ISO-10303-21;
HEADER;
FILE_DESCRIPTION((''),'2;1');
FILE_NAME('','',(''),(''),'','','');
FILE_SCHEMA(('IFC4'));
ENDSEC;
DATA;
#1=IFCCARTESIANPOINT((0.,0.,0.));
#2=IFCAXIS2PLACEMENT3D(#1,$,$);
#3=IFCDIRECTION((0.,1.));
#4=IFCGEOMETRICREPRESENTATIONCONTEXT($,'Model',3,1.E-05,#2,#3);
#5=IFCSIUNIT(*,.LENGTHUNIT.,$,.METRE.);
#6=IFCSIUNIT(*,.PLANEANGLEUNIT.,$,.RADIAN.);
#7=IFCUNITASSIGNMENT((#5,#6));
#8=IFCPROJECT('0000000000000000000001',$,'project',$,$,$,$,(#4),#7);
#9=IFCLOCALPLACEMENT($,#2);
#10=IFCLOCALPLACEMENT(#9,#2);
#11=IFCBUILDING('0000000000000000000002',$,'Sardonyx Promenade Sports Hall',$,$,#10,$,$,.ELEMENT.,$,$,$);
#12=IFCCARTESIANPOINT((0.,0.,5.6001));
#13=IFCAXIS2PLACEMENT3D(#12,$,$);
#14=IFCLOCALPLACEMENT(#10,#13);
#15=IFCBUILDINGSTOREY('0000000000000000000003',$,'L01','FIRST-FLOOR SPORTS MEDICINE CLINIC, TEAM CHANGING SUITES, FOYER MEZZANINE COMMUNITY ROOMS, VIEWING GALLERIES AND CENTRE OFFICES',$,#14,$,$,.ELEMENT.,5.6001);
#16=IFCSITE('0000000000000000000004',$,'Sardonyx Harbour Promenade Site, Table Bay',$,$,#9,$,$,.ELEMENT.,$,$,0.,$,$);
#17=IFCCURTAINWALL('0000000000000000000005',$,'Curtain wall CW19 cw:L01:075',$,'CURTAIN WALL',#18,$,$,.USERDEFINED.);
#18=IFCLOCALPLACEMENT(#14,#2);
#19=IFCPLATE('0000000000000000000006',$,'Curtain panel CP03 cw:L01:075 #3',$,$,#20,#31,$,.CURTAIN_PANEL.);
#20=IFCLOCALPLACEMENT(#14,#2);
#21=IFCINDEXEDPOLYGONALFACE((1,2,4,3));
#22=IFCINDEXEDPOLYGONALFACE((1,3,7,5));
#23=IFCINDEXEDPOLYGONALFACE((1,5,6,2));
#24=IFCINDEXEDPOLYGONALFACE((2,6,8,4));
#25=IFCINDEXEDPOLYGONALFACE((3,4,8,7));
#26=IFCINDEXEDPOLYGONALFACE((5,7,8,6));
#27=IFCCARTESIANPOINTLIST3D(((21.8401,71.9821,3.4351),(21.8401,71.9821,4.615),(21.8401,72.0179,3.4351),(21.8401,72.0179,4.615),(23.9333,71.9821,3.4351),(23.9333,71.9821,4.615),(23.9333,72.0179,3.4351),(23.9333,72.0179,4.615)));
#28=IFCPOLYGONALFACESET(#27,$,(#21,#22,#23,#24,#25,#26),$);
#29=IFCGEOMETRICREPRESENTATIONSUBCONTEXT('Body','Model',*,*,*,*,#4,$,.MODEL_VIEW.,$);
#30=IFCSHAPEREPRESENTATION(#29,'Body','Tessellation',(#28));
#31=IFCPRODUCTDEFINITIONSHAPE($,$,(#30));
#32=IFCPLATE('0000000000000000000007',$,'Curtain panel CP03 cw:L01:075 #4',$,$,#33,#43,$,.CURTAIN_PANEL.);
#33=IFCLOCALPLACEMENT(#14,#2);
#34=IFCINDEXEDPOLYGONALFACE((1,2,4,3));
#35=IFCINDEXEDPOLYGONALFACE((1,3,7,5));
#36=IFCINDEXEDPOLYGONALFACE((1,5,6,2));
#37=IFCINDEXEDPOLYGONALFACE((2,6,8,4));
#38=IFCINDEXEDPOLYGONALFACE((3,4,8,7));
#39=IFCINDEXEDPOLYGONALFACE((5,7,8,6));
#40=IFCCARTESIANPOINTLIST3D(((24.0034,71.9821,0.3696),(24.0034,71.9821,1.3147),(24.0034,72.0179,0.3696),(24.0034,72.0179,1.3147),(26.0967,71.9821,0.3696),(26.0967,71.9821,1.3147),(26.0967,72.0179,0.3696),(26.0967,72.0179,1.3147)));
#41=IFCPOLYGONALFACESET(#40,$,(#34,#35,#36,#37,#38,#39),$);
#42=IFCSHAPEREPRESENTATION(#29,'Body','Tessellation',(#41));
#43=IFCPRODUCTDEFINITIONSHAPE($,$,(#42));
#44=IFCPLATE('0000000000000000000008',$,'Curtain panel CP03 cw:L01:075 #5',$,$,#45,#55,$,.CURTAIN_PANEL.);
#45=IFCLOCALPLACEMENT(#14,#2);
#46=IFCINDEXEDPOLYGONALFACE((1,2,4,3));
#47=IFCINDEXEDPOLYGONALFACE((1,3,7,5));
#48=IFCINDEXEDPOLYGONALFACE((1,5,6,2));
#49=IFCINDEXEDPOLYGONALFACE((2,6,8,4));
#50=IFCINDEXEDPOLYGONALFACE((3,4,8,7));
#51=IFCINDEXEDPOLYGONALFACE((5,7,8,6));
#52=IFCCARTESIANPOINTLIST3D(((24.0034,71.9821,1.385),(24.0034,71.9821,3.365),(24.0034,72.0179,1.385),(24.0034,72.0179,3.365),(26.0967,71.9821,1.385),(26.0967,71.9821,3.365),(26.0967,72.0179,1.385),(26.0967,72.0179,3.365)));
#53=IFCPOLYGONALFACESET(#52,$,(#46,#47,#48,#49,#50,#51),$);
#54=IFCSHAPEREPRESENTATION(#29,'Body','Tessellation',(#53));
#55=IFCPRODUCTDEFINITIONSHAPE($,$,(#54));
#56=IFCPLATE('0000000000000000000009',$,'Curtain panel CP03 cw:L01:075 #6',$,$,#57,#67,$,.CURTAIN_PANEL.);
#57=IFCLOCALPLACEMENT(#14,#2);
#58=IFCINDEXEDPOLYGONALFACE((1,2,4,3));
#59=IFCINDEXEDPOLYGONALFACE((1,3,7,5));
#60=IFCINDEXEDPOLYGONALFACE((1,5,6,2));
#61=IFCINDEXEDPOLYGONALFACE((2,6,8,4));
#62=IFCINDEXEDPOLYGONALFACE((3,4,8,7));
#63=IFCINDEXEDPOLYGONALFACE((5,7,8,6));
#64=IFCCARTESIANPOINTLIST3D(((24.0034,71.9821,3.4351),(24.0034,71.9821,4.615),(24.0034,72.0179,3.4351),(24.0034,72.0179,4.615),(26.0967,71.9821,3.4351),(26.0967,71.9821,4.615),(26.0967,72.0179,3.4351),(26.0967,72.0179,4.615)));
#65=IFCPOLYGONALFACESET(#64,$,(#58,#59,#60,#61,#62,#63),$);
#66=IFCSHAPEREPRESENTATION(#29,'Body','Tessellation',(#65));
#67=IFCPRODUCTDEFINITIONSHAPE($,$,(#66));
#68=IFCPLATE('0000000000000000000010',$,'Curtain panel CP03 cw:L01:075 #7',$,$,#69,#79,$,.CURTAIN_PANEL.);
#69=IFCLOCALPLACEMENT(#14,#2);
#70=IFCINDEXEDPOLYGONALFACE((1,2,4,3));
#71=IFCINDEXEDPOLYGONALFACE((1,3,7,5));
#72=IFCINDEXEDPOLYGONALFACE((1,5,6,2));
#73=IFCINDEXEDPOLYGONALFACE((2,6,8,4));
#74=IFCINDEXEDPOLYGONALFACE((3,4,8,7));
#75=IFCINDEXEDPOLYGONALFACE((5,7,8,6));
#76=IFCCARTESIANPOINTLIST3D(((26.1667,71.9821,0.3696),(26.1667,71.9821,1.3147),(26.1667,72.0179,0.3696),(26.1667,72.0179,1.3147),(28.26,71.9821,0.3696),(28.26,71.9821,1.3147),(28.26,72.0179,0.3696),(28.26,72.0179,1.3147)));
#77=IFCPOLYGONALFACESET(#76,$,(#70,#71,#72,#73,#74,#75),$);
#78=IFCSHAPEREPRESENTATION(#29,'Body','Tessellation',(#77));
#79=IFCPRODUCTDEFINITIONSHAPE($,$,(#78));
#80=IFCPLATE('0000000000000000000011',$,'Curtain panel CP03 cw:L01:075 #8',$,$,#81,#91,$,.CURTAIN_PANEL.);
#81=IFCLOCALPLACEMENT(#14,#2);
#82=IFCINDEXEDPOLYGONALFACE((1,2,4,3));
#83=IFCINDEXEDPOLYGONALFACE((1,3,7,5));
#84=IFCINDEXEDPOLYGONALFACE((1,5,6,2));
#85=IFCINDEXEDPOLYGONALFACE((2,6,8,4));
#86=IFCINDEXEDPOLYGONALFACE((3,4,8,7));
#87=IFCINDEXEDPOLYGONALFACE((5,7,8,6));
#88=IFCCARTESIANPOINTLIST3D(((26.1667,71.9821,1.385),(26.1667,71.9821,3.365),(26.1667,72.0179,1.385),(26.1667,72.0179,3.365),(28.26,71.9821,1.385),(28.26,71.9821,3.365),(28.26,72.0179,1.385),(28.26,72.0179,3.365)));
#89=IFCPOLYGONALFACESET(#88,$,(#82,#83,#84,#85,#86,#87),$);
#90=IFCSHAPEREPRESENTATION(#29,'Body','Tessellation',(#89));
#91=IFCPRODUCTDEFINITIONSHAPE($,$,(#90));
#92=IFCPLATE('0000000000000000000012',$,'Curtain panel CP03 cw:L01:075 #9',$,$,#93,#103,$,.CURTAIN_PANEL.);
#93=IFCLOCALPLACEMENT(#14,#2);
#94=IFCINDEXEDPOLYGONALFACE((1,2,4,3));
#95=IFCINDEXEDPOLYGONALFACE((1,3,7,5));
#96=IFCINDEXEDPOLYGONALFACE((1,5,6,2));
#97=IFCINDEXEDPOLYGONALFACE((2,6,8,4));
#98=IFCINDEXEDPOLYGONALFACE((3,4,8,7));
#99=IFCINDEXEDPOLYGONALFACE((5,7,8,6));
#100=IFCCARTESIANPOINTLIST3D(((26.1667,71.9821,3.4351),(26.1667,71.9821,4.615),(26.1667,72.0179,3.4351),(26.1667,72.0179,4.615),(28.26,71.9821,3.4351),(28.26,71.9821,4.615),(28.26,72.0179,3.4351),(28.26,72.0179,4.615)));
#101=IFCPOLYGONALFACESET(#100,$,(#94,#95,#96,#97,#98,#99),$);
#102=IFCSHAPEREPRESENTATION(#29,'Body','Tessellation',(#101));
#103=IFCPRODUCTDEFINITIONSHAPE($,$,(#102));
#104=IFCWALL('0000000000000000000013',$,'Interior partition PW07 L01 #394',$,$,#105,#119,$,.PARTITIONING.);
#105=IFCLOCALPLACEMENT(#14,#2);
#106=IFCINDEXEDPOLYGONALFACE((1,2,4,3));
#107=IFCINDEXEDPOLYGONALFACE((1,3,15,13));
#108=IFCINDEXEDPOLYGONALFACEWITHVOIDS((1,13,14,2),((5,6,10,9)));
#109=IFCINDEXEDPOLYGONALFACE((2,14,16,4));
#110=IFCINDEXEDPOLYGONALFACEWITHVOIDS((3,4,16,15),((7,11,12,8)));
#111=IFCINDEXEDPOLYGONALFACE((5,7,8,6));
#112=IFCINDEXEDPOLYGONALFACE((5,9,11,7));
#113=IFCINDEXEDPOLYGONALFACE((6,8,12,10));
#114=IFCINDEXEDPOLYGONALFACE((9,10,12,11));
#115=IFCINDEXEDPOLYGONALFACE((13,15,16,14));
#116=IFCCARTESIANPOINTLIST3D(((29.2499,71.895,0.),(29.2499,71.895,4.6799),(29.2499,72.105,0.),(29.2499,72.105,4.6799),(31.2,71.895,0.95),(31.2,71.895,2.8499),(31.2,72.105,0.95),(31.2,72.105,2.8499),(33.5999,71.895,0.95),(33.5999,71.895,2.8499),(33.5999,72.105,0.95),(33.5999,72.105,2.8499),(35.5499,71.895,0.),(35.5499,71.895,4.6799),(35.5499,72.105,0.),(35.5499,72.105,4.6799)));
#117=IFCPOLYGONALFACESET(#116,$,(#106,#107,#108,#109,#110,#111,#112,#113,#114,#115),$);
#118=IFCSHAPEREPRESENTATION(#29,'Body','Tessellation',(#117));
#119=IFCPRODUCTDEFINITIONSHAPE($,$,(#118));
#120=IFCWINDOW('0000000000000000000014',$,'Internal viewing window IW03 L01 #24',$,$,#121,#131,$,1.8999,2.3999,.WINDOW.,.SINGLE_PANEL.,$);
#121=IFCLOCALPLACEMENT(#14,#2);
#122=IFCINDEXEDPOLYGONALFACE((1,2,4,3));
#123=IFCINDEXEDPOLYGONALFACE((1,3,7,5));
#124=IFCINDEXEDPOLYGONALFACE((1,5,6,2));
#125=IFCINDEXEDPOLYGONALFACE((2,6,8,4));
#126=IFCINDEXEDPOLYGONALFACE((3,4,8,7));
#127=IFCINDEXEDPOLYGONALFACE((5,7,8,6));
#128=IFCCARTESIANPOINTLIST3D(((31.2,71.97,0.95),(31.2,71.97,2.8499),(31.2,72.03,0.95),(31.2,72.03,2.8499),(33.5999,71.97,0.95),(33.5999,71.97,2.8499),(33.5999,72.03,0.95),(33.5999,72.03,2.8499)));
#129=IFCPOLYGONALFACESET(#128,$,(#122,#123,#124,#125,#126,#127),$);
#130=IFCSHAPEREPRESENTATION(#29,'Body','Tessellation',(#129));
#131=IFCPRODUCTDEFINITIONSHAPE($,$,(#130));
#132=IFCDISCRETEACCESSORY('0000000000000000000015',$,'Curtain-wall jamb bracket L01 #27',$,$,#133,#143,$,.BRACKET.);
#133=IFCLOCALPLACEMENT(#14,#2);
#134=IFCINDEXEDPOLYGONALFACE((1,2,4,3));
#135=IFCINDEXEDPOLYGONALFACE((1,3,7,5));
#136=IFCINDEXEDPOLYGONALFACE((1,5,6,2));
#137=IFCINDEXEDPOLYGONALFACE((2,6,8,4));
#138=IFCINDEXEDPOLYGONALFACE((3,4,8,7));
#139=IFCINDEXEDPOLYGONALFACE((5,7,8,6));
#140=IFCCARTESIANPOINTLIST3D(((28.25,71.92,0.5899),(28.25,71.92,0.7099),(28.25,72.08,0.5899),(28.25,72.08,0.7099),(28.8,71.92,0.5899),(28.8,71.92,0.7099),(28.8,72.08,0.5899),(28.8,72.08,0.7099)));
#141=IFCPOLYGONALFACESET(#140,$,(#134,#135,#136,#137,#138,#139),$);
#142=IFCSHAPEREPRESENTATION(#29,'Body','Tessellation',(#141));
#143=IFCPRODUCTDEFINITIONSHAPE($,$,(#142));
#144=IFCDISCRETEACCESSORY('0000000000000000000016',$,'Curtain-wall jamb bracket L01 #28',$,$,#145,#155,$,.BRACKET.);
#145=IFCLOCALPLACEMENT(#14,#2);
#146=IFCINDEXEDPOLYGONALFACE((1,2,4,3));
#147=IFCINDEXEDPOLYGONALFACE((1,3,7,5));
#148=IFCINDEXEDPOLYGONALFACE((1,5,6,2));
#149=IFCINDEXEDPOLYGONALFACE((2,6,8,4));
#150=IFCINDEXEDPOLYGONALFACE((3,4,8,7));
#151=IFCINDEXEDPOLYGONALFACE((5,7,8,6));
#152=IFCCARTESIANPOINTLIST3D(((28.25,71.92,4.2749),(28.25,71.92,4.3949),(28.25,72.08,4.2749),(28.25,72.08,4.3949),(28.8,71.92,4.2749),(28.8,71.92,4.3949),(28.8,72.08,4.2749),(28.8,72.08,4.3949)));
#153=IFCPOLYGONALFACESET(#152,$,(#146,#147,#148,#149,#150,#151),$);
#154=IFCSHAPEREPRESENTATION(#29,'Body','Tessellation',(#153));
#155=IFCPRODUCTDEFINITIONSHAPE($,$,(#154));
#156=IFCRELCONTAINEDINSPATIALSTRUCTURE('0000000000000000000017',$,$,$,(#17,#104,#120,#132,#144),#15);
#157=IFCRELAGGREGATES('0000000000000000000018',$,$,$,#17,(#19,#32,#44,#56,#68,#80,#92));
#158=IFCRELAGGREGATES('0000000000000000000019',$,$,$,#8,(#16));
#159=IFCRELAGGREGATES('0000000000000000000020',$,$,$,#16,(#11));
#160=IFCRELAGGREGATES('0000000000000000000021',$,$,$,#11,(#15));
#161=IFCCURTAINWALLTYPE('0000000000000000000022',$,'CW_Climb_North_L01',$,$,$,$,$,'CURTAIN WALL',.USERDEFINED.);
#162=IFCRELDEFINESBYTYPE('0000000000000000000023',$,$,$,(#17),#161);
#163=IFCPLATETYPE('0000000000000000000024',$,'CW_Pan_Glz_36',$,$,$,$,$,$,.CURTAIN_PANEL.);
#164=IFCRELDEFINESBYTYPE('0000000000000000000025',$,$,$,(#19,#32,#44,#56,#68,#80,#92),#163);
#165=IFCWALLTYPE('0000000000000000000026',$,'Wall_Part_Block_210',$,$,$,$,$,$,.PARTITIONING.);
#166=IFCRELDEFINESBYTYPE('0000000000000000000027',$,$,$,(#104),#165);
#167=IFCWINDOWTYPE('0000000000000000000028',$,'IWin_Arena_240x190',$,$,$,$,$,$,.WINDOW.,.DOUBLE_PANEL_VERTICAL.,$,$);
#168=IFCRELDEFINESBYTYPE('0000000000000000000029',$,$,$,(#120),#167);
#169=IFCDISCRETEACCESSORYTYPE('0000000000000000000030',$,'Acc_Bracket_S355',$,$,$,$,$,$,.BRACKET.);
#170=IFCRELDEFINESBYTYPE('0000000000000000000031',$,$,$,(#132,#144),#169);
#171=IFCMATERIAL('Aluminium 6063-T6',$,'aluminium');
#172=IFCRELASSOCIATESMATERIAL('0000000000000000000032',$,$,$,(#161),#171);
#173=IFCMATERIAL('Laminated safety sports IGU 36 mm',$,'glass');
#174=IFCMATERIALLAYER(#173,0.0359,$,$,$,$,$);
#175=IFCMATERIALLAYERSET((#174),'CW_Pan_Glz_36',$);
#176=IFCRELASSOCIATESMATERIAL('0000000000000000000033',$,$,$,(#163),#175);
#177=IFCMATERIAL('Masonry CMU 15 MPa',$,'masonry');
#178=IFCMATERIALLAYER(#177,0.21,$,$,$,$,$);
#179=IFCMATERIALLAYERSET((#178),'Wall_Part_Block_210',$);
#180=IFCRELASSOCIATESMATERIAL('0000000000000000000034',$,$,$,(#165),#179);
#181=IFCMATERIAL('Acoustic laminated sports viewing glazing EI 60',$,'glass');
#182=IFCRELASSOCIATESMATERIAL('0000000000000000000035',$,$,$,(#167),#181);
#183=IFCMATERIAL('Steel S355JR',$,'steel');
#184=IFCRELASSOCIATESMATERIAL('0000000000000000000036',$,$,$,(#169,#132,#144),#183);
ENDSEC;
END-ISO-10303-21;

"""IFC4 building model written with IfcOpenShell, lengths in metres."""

from ifc_helpers import new_model, si_unit, direction, frame, frame_2d, origin, origin_2d, place, context, subcontext, project, spatial, rectangle, extrude, material, layer, layer_set, type_object, element, fill, aggregate, save


model = new_model("IFC4")

# Units and contexts
model_context = context("Model", 3, precision=1e-05, world=origin(), true_north=direction((0.0, 1.0)))
body_context = subcontext(model_context, "Body", "Model", "MODEL_VIEW")
ifc_project = project(units=[si_unit("LENGTHUNIT", "METRE"), si_unit("PLANEANGLEUNIT", "RADIAN")], contexts=[model_context])

# Site, building, storey
site_placement = place(None, origin())
site = spatial("IfcSite", under=ifc_project, at=site_placement, Name="Sardonyx Harbour Promenade Site, Table Bay", CompositionType="ELEMENT", RefElevation=0.0)
building_placement = place(site_placement, origin())
building = spatial("IfcBuilding", under=site, at=building_placement, Name="Sardonyx Promenade Sports Hall", CompositionType="ELEMENT")
storey_placement = place(building_placement, frame((0.0, 0.0, 5.6001)))
storey = spatial("IfcBuildingStorey", under=building, at=storey_placement, Name="L01", Description="FIRST-FLOOR SPORTS MEDICINE CLINIC, TEAM CHANGING SUITES, FOYER MEZZANINE COMMUNITY ROOMS, VIEWING GALLERIES AND CENTRE OFFICES", CompositionType="ELEMENT", Elevation=5.6001)

# Curtain wall, plates
ifc_material_1 = material(Name="Aluminium 6063-T6", Category="aluminium")
curtain_wall_type = type_object("IfcCurtainWallType", Name="CW_Climb_North_L01", ElementType="CURTAIN WALL", PredefinedType="USERDEFINED", material=ifc_material_1)
curtain_wall_placement = place(storey_placement, origin())
curtain_wall = element("IfcCurtainWall", 1, at=curtain_wall_placement, inside=storey, type_object=curtain_wall_type, Name="Curtain wall CW19 cw:L01:075", ObjectType="CURTAIN WALL", PredefinedType="USERDEFINED")
ifc_material_2 = material(Name="Laminated safety sports IGU 36 mm", Category="glass")
ifc_layer_1 = layer(ifc_material_2, 0.0359)
ifc_layer_set_1 = layer_set([ifc_layer_1], Name="CW_Pan_Glz_36")
plate_type = type_object("IfcPlateType", Name="CW_Pan_Glz_36", PredefinedType="CURTAIN_PANEL", material=ifc_layer_set_1)
plate_1_placement = place(storey_placement, frame((22.8867, 72.0, 3.4351), z_axis=(0.0, 0.0, 1.0), x_axis=(1.0, 0.0, 0.0)))
plate_1 = element("IfcPlate", 2, at=plate_1_placement, type_object=plate_type, Name="Curtain panel CP03 cw:L01:075 #3", PredefinedType="CURTAIN_PANEL", context=body_context, shape_type="SweptSolid", body=[
    extrude(rectangle(XDim=2.0933, YDim=0.0359, at=origin_2d()), origin(), (0.0, 0.0, 1.0), 1.1799),
])
plate_2_placement = place(storey_placement, frame((25.05, 72.0, 0.3696), z_axis=(0.0, 0.0, 1.0), x_axis=(1.0, 0.0, 0.0)))
plate_2 = element("IfcPlate", 3, at=plate_2_placement, type_object=plate_type, Name="Curtain panel CP03 cw:L01:075 #4", PredefinedType="CURTAIN_PANEL", context=body_context, shape_type="SweptSolid", body=[
    extrude(rectangle(XDim=2.0933, YDim=0.0359, at=origin_2d()), origin(), (0.0, 0.0, 1.0), 0.9451),
])
plate_3_placement = place(storey_placement, frame((25.05, 72.0, 1.385), z_axis=(0.0, 0.0, 1.0), x_axis=(1.0, 0.0, 0.0)))
plate_3 = element("IfcPlate", 4, at=plate_3_placement, type_object=plate_type, Name="Curtain panel CP03 cw:L01:075 #5", PredefinedType="CURTAIN_PANEL", context=body_context, shape_type="SweptSolid", body=[
    extrude(rectangle(XDim=2.0933, YDim=0.0359, at=origin_2d()), origin(), (0.0, 0.0, 1.0), 1.98),
])
plate_4_placement = place(storey_placement, frame((25.05, 72.0, 3.4351), z_axis=(0.0, 0.0, 1.0), x_axis=(1.0, 0.0, 0.0)))
plate_4 = element("IfcPlate", 5, at=plate_4_placement, type_object=plate_type, Name="Curtain panel CP03 cw:L01:075 #6", PredefinedType="CURTAIN_PANEL", context=body_context, shape_type="SweptSolid", body=[
    extrude(rectangle(XDim=2.0933, YDim=0.0359, at=origin_2d()), origin(), (0.0, 0.0, 1.0), 1.1799),
])
plate_5_placement = place(storey_placement, frame((27.2134, 72.0, 0.3696), z_axis=(0.0, 0.0, 1.0), x_axis=(1.0, 0.0, 0.0)))
plate_5 = element("IfcPlate", 6, at=plate_5_placement, type_object=plate_type, Name="Curtain panel CP03 cw:L01:075 #7", PredefinedType="CURTAIN_PANEL", context=body_context, shape_type="SweptSolid", body=[
    extrude(rectangle(XDim=2.0933, YDim=0.0359, at=origin_2d()), origin(), (0.0, 0.0, 1.0), 0.9451),
])
plate_6_placement = place(storey_placement, frame((27.2134, 72.0, 1.385), z_axis=(0.0, 0.0, 1.0), x_axis=(1.0, 0.0, 0.0)))
plate_6 = element("IfcPlate", 7, at=plate_6_placement, type_object=plate_type, Name="Curtain panel CP03 cw:L01:075 #8", PredefinedType="CURTAIN_PANEL", context=body_context, shape_type="SweptSolid", body=[
    extrude(rectangle(XDim=2.0933, YDim=0.0359, at=origin_2d()), origin(), (0.0, 0.0, 1.0), 1.98),
])
plate_7_placement = place(storey_placement, frame((27.2134, 72.0, 3.4351), z_axis=(0.0, 0.0, 1.0), x_axis=(1.0, 0.0, 0.0)))
plate_7 = element("IfcPlate", 8, at=plate_7_placement, type_object=plate_type, Name="Curtain panel CP03 cw:L01:075 #9", PredefinedType="CURTAIN_PANEL", context=body_context, shape_type="SweptSolid", body=[
    extrude(rectangle(XDim=2.0933, YDim=0.0359, at=origin_2d()), origin(), (0.0, 0.0, 1.0), 1.1799),
])
aggregate(curtain_wall, [plate_1, plate_2, plate_3, plate_4, plate_5, plate_6, plate_7])

# Wall, opening, window
ifc_material_3 = material(Name="Masonry CMU 15 MPa", Category="masonry")
ifc_layer_2 = layer(ifc_material_3, 0.21)
ifc_layer_set_2 = layer_set([ifc_layer_2], Name="Wall_Part_Block_210")
wall_type = type_object("IfcWallType", Name="Wall_Part_Block_210", PredefinedType="PARTITIONING", material=ifc_layer_set_2)
wall_placement = place(storey_placement, frame((29.25, 72.0, 0.0), z_axis=(0.0, 0.0, 1.0), x_axis=(1.0, 0.0, 0.0)))
wall = element("IfcWall", 9, at=wall_placement, inside=storey, type_object=wall_type, Name="Interior partition PW07 L01 #394", PredefinedType="PARTITIONING", context=body_context, shape_type="SweptSolid", body=[
    extrude(rectangle(XDim=6.3, YDim=0.21, at=frame_2d((3.1499, 0.0))), origin(), (0.0, 0.0, 1.0), 4.6799),
])
opening_placement = place(wall_placement, frame((1.95, 0.0, 0.95)))
opening = element("IfcOpeningElement", 10, at=opening_placement, cuts=wall, PredefinedType="OPENING", context=body_context, shape_type="SweptSolid", body=[
    extrude(rectangle(XDim=2.3999, YDim=1.8999, at=frame_2d((1.2, 0.95))), frame((0.0, 0.115, 0.0), z_axis=(0.0, -1.0, 0.0), x_axis=(1.0, 0.0, 0.0)), (0.0, 0.0, 1.0), 0.23),
])
ifc_material_4 = material(Name="Acoustic laminated sports viewing glazing EI 60", Category="glass")
window_type = type_object("IfcWindowType", Name="IWin_Arena_240x190", PartitioningType="DOUBLE_PANEL_VERTICAL", PredefinedType="WINDOW", material=ifc_material_4)
window_placement = place(opening_placement, origin())
window = element("IfcWindow", 11, at=window_placement, inside=storey, type_object=window_type, Name="Internal viewing window IW03 L01 #24", OverallHeight=1.8999, OverallWidth=2.3999, PartitioningType="SINGLE_PANEL", PredefinedType="WINDOW", context=body_context, shape_type="SweptSolid", body=[
    extrude(rectangle(XDim=2.3999, YDim=1.8999, at=frame_2d((1.2, 0.95))), frame((0.0, 0.03, 0.0), z_axis=(0.0, -1.0, 0.0), x_axis=(1.0, 0.0, 0.0)), (0.0, 0.0, 1.0), 0.0601),
])
fill(opening, window)

# Discrete accessories
ifc_material_5 = material(Name="Steel S355JR", Category="steel")
discrete_accessory_type = type_object("IfcDiscreteAccessoryType", Name="Acc_Bracket_S355", PredefinedType="BRACKET", material=ifc_material_5)
for number, where, z_axis, x_axis, name in (
    (12, (28.525, 72.0, 0.5899), (0.0, 0.0, 1.0), (1.0, 0.0, 0.0), "Curtain-wall jamb bracket L01 #27"),
    (13, (28.525, 72.0, 4.2749), (0.0, 0.0, 1.0), (1.0, 0.0, 0.0), "Curtain-wall jamb bracket L01 #28"),
):
    element("IfcDiscreteAccessory", number, at=place(storey_placement, frame(where, z_axis=z_axis, x_axis=x_axis)), inside=storey, type_object=discrete_accessory_type, material=ifc_material_5, Name=name, PredefinedType="BRACKET", context=body_context, shape_type="SweptSolid", body=[
        extrude(rectangle(XDim=0.55, YDim=0.16), origin(), (0.0, 0.0, 1.0), 0.12),
    ])

save(model, "model.ifc")
